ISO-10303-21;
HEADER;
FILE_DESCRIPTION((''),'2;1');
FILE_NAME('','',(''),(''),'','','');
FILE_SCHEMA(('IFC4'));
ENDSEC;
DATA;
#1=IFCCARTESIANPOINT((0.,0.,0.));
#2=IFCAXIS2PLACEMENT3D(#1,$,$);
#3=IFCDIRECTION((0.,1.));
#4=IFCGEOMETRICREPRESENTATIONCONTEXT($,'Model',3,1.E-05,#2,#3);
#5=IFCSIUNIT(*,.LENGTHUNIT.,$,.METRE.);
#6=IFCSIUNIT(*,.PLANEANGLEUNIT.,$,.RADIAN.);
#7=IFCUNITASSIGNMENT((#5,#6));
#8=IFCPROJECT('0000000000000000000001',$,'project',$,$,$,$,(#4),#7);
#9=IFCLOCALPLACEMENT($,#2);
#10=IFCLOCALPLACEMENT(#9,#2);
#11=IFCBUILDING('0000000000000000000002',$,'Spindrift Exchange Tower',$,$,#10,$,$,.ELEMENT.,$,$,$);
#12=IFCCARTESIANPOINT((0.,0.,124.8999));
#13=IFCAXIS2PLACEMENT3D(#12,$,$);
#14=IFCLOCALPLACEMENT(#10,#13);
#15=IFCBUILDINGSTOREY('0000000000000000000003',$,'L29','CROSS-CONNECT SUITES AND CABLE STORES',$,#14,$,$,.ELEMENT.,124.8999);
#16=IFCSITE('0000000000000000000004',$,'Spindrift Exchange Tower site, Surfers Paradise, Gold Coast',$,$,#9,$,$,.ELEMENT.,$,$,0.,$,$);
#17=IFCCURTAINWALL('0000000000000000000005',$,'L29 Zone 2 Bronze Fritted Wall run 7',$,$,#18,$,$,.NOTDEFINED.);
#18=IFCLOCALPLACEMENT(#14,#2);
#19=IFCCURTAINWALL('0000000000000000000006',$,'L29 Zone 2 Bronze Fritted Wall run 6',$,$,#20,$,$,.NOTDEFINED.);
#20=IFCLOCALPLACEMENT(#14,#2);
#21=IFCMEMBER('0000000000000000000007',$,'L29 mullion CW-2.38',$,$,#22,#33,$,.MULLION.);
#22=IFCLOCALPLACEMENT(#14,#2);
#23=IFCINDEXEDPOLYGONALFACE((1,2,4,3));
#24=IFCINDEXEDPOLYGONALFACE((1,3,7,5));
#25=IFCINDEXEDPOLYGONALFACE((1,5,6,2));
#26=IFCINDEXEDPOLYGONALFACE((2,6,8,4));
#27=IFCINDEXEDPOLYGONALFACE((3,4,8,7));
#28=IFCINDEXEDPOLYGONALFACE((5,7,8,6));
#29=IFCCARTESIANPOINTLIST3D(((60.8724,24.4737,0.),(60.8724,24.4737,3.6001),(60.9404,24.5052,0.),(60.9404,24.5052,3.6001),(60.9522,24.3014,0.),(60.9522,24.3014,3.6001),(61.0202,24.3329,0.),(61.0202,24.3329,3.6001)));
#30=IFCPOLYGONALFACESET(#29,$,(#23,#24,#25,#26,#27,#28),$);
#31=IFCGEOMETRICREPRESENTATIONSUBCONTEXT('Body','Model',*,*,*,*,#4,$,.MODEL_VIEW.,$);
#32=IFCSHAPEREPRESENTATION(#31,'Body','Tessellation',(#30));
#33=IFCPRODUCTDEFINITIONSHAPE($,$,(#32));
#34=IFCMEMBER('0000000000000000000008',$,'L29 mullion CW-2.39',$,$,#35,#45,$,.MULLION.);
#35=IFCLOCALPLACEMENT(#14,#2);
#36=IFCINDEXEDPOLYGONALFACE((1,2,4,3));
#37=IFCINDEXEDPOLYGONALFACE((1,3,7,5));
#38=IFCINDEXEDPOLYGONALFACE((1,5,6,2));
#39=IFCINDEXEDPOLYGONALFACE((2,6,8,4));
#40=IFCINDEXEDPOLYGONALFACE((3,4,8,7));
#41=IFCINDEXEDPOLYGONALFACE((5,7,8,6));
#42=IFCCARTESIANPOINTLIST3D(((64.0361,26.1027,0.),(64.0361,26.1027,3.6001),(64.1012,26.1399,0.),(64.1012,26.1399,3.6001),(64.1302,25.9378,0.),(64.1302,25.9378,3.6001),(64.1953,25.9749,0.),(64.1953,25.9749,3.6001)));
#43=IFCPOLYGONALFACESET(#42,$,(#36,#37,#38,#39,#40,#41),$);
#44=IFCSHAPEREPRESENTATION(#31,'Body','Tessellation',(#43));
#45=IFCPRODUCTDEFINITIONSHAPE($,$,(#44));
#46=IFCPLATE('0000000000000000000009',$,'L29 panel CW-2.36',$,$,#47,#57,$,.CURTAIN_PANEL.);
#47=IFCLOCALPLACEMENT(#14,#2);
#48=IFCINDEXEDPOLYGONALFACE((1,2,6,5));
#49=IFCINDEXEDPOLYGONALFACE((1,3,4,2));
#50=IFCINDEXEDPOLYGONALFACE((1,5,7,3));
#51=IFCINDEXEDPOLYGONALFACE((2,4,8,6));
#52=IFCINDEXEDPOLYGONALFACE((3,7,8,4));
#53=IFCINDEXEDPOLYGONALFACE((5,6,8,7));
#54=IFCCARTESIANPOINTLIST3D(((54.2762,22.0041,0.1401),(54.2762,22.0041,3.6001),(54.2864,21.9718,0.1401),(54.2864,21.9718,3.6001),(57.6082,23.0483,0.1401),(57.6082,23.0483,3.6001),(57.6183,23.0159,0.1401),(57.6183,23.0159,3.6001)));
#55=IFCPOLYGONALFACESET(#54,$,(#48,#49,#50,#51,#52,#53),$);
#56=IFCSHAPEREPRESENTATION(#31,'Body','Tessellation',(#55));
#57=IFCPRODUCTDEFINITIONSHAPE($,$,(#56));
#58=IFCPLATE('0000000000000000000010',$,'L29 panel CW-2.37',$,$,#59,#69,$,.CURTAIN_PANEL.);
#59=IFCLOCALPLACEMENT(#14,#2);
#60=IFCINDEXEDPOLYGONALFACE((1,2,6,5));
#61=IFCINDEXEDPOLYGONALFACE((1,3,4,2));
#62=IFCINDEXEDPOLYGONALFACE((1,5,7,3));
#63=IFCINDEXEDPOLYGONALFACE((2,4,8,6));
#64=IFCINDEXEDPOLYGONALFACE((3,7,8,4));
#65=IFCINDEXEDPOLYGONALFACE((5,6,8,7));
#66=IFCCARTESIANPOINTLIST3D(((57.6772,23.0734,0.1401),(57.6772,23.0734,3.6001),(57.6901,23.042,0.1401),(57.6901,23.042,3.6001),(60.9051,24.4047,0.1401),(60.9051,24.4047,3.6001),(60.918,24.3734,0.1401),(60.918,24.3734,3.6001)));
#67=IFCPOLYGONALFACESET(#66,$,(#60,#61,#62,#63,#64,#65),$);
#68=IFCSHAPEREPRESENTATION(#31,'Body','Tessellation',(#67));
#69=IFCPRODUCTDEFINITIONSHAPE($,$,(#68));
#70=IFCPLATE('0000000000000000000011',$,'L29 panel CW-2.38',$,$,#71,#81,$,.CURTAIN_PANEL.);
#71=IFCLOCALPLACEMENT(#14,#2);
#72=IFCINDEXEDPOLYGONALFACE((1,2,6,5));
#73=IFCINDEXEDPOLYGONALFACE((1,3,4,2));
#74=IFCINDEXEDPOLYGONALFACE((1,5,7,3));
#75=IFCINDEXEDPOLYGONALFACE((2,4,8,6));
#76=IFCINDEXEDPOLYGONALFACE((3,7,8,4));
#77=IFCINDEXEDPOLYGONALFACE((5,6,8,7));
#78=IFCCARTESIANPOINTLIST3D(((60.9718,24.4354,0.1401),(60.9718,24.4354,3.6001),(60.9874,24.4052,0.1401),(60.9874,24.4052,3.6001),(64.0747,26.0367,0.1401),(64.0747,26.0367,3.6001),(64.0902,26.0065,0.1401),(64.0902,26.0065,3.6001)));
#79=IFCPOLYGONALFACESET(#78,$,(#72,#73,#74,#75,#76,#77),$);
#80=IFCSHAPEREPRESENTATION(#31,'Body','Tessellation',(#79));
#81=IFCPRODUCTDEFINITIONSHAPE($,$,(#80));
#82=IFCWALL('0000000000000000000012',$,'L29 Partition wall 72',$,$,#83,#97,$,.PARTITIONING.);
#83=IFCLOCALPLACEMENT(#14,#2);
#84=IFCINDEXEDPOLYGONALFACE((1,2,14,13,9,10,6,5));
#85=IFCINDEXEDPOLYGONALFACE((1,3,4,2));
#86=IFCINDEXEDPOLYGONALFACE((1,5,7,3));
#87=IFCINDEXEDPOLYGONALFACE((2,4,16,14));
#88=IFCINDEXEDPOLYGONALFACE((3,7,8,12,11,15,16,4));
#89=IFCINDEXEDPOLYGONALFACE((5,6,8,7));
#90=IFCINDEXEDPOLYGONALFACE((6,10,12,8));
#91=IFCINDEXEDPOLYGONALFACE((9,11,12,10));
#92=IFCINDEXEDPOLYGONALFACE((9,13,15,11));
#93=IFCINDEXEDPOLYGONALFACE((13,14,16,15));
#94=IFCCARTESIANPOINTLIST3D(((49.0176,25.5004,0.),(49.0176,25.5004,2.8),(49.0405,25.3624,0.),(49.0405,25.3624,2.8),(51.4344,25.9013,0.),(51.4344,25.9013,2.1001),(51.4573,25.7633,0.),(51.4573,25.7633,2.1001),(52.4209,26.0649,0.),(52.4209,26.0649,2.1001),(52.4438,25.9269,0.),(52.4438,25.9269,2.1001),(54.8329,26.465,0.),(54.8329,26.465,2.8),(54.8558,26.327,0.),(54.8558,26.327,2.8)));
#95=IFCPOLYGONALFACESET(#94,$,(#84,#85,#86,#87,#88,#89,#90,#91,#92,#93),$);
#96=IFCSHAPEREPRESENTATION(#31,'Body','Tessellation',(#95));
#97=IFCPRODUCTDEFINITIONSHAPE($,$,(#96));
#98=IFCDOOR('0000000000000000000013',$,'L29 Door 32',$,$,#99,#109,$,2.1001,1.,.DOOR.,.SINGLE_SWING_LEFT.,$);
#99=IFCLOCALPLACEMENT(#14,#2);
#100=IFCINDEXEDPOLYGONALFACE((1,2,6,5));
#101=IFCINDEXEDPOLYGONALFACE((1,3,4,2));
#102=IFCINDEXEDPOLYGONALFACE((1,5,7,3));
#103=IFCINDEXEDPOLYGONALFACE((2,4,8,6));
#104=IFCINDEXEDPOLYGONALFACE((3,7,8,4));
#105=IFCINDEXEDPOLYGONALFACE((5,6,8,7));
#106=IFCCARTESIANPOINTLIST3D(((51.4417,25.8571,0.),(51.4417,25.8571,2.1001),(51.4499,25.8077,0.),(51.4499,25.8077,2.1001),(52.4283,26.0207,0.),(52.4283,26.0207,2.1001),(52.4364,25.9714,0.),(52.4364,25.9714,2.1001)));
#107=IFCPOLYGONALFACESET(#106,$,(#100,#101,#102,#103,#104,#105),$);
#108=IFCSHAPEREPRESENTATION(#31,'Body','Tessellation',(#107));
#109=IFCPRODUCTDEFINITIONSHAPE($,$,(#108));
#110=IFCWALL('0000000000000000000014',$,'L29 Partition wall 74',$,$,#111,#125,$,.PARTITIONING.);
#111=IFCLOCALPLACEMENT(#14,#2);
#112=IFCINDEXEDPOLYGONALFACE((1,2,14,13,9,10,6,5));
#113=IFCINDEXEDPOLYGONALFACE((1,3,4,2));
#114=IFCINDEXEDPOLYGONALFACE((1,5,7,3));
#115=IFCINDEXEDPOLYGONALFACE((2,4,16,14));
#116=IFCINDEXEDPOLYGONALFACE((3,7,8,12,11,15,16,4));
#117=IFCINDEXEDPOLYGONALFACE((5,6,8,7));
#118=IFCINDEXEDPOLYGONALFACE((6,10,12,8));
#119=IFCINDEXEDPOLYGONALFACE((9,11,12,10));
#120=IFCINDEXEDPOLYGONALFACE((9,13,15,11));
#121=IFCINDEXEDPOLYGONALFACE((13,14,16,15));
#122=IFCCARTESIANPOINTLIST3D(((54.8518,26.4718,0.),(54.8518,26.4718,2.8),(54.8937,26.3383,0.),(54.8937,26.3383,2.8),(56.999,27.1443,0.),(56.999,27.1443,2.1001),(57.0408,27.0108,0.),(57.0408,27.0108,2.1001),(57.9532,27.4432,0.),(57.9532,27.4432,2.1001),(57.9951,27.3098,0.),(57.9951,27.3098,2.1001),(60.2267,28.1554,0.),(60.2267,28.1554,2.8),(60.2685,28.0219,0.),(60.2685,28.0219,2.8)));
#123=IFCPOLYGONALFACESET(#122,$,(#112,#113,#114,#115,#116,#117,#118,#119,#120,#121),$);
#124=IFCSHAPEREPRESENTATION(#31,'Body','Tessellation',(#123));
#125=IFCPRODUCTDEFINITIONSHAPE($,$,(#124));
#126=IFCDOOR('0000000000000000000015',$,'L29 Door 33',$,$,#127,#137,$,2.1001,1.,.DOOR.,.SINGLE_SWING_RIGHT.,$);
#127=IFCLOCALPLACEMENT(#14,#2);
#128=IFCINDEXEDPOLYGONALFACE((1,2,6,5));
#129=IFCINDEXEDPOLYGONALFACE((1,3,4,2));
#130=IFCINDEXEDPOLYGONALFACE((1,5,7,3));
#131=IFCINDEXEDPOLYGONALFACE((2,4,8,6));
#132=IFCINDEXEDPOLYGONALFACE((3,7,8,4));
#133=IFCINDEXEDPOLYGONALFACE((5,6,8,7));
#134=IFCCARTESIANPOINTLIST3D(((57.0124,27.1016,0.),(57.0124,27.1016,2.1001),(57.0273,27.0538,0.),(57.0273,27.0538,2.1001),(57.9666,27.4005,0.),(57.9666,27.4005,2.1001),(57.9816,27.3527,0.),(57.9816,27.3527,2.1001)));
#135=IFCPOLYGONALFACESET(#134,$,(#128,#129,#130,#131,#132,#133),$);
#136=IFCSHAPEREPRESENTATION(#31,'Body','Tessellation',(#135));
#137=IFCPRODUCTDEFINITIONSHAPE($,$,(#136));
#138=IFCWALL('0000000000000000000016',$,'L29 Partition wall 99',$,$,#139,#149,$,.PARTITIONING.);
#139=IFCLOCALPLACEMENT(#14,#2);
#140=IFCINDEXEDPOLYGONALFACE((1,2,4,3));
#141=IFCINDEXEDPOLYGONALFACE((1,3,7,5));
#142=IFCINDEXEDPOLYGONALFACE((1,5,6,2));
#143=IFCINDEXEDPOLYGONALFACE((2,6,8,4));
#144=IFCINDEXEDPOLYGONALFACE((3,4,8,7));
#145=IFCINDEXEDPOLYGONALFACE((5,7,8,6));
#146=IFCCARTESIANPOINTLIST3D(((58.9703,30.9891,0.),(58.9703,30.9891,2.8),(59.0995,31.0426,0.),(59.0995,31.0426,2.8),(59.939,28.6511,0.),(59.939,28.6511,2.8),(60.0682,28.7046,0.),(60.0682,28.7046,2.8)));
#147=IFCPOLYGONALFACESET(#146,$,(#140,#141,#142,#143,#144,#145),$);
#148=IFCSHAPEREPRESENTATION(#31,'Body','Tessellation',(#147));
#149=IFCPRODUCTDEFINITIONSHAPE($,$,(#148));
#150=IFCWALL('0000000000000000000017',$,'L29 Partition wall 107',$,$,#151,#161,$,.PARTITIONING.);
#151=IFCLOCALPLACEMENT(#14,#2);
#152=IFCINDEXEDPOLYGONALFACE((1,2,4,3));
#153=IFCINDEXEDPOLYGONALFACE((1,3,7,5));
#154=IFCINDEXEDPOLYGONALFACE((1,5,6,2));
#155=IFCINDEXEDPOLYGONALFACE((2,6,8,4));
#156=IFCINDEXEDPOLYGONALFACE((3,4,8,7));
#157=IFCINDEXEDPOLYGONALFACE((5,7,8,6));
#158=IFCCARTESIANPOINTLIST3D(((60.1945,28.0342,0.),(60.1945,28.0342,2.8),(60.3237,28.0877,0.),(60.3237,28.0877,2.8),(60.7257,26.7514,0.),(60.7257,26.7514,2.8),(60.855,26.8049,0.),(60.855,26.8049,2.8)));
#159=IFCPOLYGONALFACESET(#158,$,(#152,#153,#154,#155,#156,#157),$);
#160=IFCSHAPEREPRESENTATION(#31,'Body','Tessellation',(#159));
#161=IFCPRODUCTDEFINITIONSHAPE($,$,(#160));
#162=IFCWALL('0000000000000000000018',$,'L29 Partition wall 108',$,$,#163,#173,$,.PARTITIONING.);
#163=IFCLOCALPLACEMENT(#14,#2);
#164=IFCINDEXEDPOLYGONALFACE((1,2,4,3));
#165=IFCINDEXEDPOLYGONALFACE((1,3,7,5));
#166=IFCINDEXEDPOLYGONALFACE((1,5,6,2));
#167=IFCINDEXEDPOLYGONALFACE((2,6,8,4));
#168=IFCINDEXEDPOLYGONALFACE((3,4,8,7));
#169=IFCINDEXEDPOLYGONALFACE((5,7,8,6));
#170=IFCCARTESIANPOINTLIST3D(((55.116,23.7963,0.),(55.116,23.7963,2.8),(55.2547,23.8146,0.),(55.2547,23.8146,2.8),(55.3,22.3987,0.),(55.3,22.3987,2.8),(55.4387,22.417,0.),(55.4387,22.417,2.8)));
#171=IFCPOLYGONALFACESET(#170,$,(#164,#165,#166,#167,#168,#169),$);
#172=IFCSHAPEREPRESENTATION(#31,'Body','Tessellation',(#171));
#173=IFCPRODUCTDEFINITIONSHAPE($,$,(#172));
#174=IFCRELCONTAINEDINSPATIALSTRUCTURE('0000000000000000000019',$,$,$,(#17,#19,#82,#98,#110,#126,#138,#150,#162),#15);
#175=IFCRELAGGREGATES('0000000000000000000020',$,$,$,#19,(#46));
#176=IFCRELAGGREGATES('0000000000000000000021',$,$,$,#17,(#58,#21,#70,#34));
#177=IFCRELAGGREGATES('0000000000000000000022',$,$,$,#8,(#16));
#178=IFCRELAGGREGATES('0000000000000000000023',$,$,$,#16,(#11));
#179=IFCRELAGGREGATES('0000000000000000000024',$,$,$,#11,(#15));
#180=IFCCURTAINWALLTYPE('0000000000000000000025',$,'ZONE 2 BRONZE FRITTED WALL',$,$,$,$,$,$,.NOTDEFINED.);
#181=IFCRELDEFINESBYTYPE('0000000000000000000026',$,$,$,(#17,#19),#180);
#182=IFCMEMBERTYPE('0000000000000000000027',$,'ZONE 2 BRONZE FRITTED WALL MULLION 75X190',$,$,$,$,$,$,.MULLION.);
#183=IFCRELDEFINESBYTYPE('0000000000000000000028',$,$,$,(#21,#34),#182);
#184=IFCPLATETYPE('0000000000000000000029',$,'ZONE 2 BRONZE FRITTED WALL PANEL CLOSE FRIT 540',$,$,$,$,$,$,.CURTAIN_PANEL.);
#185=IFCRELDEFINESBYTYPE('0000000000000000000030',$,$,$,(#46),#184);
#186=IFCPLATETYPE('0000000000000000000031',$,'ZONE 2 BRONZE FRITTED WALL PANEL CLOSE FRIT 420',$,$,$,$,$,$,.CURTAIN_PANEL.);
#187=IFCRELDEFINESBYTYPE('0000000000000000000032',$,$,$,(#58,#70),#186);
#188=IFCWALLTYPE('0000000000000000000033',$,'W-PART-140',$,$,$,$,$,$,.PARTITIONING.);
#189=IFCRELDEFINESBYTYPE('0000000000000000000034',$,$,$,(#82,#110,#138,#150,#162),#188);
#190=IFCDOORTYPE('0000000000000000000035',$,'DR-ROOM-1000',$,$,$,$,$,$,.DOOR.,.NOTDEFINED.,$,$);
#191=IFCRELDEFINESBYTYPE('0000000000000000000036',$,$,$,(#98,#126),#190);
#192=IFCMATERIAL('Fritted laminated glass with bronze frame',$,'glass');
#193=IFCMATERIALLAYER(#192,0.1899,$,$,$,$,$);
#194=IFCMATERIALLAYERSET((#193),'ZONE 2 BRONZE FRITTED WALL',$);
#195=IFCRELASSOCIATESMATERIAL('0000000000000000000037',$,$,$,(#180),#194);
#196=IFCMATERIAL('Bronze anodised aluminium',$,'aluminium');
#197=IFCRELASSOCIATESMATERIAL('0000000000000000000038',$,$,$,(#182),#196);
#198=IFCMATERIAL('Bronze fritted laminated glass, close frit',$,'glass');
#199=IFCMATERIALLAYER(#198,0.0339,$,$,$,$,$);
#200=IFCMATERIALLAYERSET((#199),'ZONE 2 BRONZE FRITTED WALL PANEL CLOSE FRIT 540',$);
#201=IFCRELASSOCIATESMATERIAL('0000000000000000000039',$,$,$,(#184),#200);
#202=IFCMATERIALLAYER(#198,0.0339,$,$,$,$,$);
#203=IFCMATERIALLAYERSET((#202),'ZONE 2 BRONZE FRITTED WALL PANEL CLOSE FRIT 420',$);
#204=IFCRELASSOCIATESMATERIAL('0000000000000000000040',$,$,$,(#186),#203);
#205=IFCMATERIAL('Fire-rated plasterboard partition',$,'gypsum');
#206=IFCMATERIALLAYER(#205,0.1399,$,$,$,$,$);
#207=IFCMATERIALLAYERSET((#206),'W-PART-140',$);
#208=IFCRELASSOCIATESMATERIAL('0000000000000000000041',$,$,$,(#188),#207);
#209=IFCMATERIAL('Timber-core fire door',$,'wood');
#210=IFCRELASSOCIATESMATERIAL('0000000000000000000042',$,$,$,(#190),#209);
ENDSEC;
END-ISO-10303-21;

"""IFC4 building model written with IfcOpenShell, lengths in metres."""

from ifc_helpers import new_model, si_unit, direction, frame, frame_2d, origin, origin_2d, place, context, subcontext, project, spatial, rectangle, extrude, source, transform, mapped, material, layer, layer_set, material_profile, profile_set, type_object, element, fill, aggregate, save


model = new_model("IFC4")

# Units and contexts
model_context = context("Model", 3, precision=1e-05, world=origin(), true_north=direction((0.0, 1.0)))
body_context = subcontext(model_context, "Body", "Model", "MODEL_VIEW")
ifc_project = project(units=[si_unit("LENGTHUNIT", "METRE"), si_unit("PLANEANGLEUNIT", "RADIAN")], contexts=[model_context])

# Site, building, storey
site_placement = place(None, origin())
site = spatial("IfcSite", under=ifc_project, at=site_placement, Name="Spindrift Exchange Tower site, Surfers Paradise, Gold Coast", CompositionType="ELEMENT", RefElevation=0.0)
building_placement = place(site_placement, origin())
building = spatial("IfcBuilding", under=site, at=building_placement, Name="Spindrift Exchange Tower", CompositionType="ELEMENT")
storey_placement = place(building_placement, frame((0.0, 0.0, 124.8999)))
storey = spatial("IfcBuildingStorey", under=building, at=storey_placement, Name="L29", Description="CROSS-CONNECT SUITES AND CABLE STORES", CompositionType="ELEMENT", Elevation=124.8999)

# Curtain walls
ifc_material_1 = material(Name="Fritted laminated glass with bronze frame", Category="glass")
ifc_layer_1 = layer(ifc_material_1, 0.1899)
ifc_layer_set_1 = layer_set([ifc_layer_1], Name="ZONE 2 BRONZE FRITTED WALL")
curtain_wall_type = type_object("IfcCurtainWallType", Name="ZONE 2 BRONZE FRITTED WALL", PredefinedType="NOTDEFINED", material=ifc_layer_set_1)
curtain_wall_1_placement = place(storey_placement, origin())
curtain_wall_1 = element("IfcCurtainWall", 1, at=curtain_wall_1_placement, inside=storey, type_object=curtain_wall_type, Name="L29 Zone 2 Bronze Fritted Wall run 7", PredefinedType="NOTDEFINED")
ifc_material_2 = material(Name="Bronze anodised aluminium", Category="aluminium")
curtain_wall_2_placement = place(storey_placement, origin())
curtain_wall_2 = element("IfcCurtainWall", 2, at=curtain_wall_2_placement, inside=storey, type_object=curtain_wall_type, Name="L29 Zone 2 Bronze Fritted Wall run 6", PredefinedType="NOTDEFINED")
ifc_material_profile_1 = material_profile(ifc_material_2, rectangle(XDim=0.075, YDim=0.1899, at=origin_2d()), Name="ZONE 2 BRONZE FRITTED WALL MULLION 75X190")
ifc_profile_set_1 = profile_set([ifc_material_profile_1], Name="Bronze anodised aluminium")
member_type_1 = type_object("IfcMemberType", Name="ZONE 2 BRONZE FRITTED WALL MULLION 75X190", PredefinedType="MULLION", material=ifc_profile_set_1)
shared_shape_1 = source(origin(), body_context, "Body", "SweptSolid", [
    extrude(rectangle(XDim=0.075, YDim=0.1899, at=origin_2d()), origin(), (0.0, 0.0, 1.0), 3.6001),
])

# Members
member_1_placement = place(storey_placement, frame((60.9463, 24.4033, 0.0), z_axis=(0.0, 0.0, 1.0), x_axis=(0.907373, 0.420326, 0.0)))
member_1 = element("IfcMember", 3, at=member_1_placement, type_object=member_type_1, Name="L29 mullion CW-2.38", PredefinedType="MULLION", context=body_context, shape_type="MappedRepresentation", body=[
    mapped(shared_shape_1, transform((0.0, 0.0, 0.0), scale=1.0)),
])
member_2_placement = place(storey_placement, frame((64.1157, 26.0388, 0.0), z_axis=(0.0, 0.0, 1.0), x_axis=(0.868518, 0.495658, 0.0)))
member_2 = element("IfcMember", 4, at=member_2_placement, type_object=member_type_1, Name="L29 mullion CW-2.39", PredefinedType="MULLION", context=body_context, shape_type="MappedRepresentation", body=[
    mapped(shared_shape_1, transform((0.0, 0.0, 0.0), scale=1.0)),
])

# Plates
ifc_material_3 = material(Name="Bronze fritted laminated glass, close frit", Category="glass")
ifc_layer_2 = layer(ifc_material_3, 0.0339)
ifc_layer_set_2 = layer_set([ifc_layer_2], Name="ZONE 2 BRONZE FRITTED WALL PANEL CLOSE FRIT 540")
plate_type_1 = type_object("IfcPlateType", Name="ZONE 2 BRONZE FRITTED WALL PANEL CLOSE FRIT 540", PredefinedType="CURTAIN_PANEL", material=ifc_layer_set_2)
shared_shape_2 = source(origin(), body_context, "Body", "SweptSolid", [
    extrude(rectangle(XDim=3.4917, YDim=0.0339, at=origin_2d()), origin(), (0.0, 0.0, 1.0), 3.46),
])
plate_1_placement = place(storey_placement, frame((55.9473, 22.51, 0.1401), z_axis=(0.0, 0.0, 1.0), x_axis=(0.954245, 0.299026, 0.0)))
plate_1 = element("IfcPlate", 5, at=plate_1_placement, type_object=plate_type_1, Name="L29 panel CW-2.36", PredefinedType="CURTAIN_PANEL", context=body_context, shape_type="MappedRepresentation", body=[
    mapped(shared_shape_2, transform((0.0, 0.0, 0.0), scale=1.0)),
])
aggregate(curtain_wall_2, [plate_1])
ifc_layer_3 = layer(ifc_material_3, 0.0339)
ifc_layer_set_3 = layer_set([ifc_layer_3], Name="ZONE 2 BRONZE FRITTED WALL PANEL CLOSE FRIT 420")
plate_type_2 = type_object("IfcPlateType", Name="ZONE 2 BRONZE FRITTED WALL PANEL CLOSE FRIT 420", PredefinedType="CURTAIN_PANEL", material=ifc_layer_set_3)
shared_shape_3 = source(origin(), body_context, "Body", "SweptSolid", [
    extrude(rectangle(XDim=3.4917, YDim=0.0339, at=origin_2d()), origin(), (0.0, 0.0, 1.0), 3.46),
])
plate_2_placement = place(storey_placement, frame((59.2976, 23.7234, 0.1401), z_axis=(0.0, 0.0, 1.0), x_axis=(0.924458, 0.381285, 0.0)))
plate_2 = element("IfcPlate", 6, at=plate_2_placement, type_object=plate_type_2, Name="L29 panel CW-2.37", PredefinedType="CURTAIN_PANEL", context=body_context, shape_type="MappedRepresentation", body=[
    mapped(shared_shape_3, transform((0.0, 0.0, 0.0), scale=1.0)),
])
plate_3_placement = place(storey_placement, frame((62.531, 25.2209, 0.1401), z_axis=(0.0, 0.0, 1.0), x_axis=(0.88864, 0.458605, 0.0)))
plate_3 = element("IfcPlate", 7, at=plate_3_placement, type_object=plate_type_2, Name="L29 panel CW-2.38", PredefinedType="CURTAIN_PANEL", context=body_context, shape_type="MappedRepresentation", body=[
    mapped(shared_shape_3, transform((0.0, 0.0, 0.0), scale=1.0)),
])
aggregate(curtain_wall_1, [plate_2, member_1, plate_3, member_2])

# Walls, openings, doors
ifc_material_4 = material(Name="Fire-rated plasterboard partition", Category="gypsum")
ifc_layer_4 = layer(ifc_material_4, 0.1399)
ifc_layer_set_4 = layer_set([ifc_layer_4], Name="W-PART-140")
wall_type = type_object("IfcWallType", Name="W-PART-140", PredefinedType="PARTITIONING", material=ifc_layer_set_4)
wall_1_placement = place(storey_placement, frame((54.8442, 26.396, 0.0), z_axis=(0.0, 0.0, 1.0), x_axis=(-0.986521, -0.163633, 0.0)))
wall_1 = element("IfcWall", 8, at=wall_1_placement, inside=storey, type_object=wall_type, Name="L29 Partition wall 72", PredefinedType="PARTITIONING", context=body_context, shape_type="SweptSolid", body=[
    extrude(rectangle(XDim=5.8948, YDim=0.1399, at=frame_2d((2.9473, 0.0))), origin(), (0.0, 0.0, 1.0), 2.8),
])
opening_1_placement = place(wall_1_placement, frame((2.4448, 0.0, 0.0)))
opening_1 = element("IfcOpeningElement", 9, at=opening_1_placement, cuts=wall_1, PredefinedType="OPENING", context=body_context, shape_type="SweptSolid", body=[
    extrude(rectangle(XDim=1.0, YDim=2.1001, at=frame_2d((0.5, 1.05))), frame((0.0, 0.0798, 0.0), z_axis=(0.0, -1.0, 0.0), x_axis=(1.0, 0.0, 0.0)), (0.0, 0.0, 1.0), 0.1599),
])
ifc_material_5 = material(Name="Timber-core fire door", Category="wood")
door_type = type_object("IfcDoorType", Name="DR-ROOM-1000", OperationType="NOTDEFINED", PredefinedType="DOOR", material=ifc_material_5)
shared_shape_4 = source(origin(), body_context, "Body", "SweptSolid", [
    extrude(rectangle(XDim=1.0, YDim=2.1001, at=frame_2d((0.5, 1.05))), frame((0.0, 0.0249, 0.0), z_axis=(0.0, -1.0, 0.0), x_axis=(1.0, 0.0, 0.0)), (0.0, 0.0, 1.0), 0.05),
])
door_1_placement = place(opening_1_placement, origin())
door_1 = element("IfcDoor", 10, at=door_1_placement, inside=storey, type_object=door_type, Name="L29 Door 32", OperationType="SINGLE_SWING_LEFT", OverallHeight=2.1001, OverallWidth=1.0, PredefinedType="DOOR", context=body_context, shape_type="MappedRepresentation", body=[
    mapped(shared_shape_4, transform((0.0, 0.0, 0.0), scale=1.0)),
])
fill(opening_1, door_1)
wall_2_placement = place(storey_placement, frame((60.2476, 28.0886, 0.0), z_axis=(0.0, 0.0, 1.0), x_axis=(-0.954278, -0.298919, 0.0)))
wall_2 = element("IfcWall", 11, at=wall_2_placement, inside=storey, type_object=wall_type, Name="L29 Partition wall 74", PredefinedType="PARTITIONING", context=body_context, shape_type="SweptSolid", body=[
    extrude(rectangle(XDim=5.6323, YDim=0.1399, at=frame_2d((2.8162, 0.0))), origin(), (0.0, 0.0, 1.0), 2.8),
])
opening_2_placement = place(wall_2_placement, frame((2.3823, 0.0, 0.0)))
opening_2 = element("IfcOpeningElement", 12, at=opening_2_placement, cuts=wall_2, PredefinedType="OPENING", context=body_context, shape_type="SweptSolid", body=[
    extrude(rectangle(XDim=1.0, YDim=2.1001, at=frame_2d((0.5, 1.05))), frame((0.0, 0.0798, 0.0), z_axis=(0.0, -1.0, 0.0), x_axis=(1.0, 0.0, 0.0)), (0.0, 0.0, 1.0), 0.1599),
])
door_2_placement = place(opening_2_placement, origin())
door_2 = element("IfcDoor", 13, at=door_2_placement, inside=storey, type_object=door_type, Name="L29 Door 33", OperationType="SINGLE_SWING_RIGHT", OverallHeight=2.1001, OverallWidth=1.0, PredefinedType="DOOR", context=body_context, shape_type="MappedRepresentation", body=[
    mapped(shared_shape_4, transform((0.0, 0.0, 0.0), scale=1.0)),
])
fill(opening_2, door_2)

# Walls
wall_3_placement = place(storey_placement, frame((59.0349, 31.0159, 0.0), z_axis=(0.0, 0.0, 1.0), x_axis=(0.382772, -0.923843, 0.0)))
element("IfcWall", 14, at=wall_3_placement, inside=storey, type_object=wall_type, Name="L29 Partition wall 99", PredefinedType="PARTITIONING", context=body_context, shape_type="SweptSolid", body=[
    extrude(rectangle(XDim=2.5308, YDim=0.1399, at=frame_2d((1.2654, 0.0))), origin(), (0.0, 0.0, 1.0), 2.8),
])
wall_4_placement = place(storey_placement, frame((60.259, 28.061, 0.0), z_axis=(0.0, 0.0, 1.0), x_axis=(0.382642, -0.923897, 0.0)))
element("IfcWall", 15, at=wall_4_placement, inside=storey, type_object=wall_type, Name="L29 Partition wall 107", PredefinedType="PARTITIONING", context=body_context, shape_type="SweptSolid", body=[
    extrude(rectangle(XDim=1.3884, YDim=0.1399, at=frame_2d((0.6943, 0.0))), origin(), (0.0, 0.0, 1.0), 2.8),
])
wall_5_placement = place(storey_placement, frame((55.1853, 23.8054, 0.0), z_axis=(0.0, 0.0, 1.0), x_axis=(0.130575, -0.991438, 0.0)))
element("IfcWall", 16, at=wall_5_placement, inside=storey, type_object=wall_type, Name="L29 Partition wall 108", PredefinedType="PARTITIONING", context=body_context, shape_type="SweptSolid", body=[
    extrude(rectangle(XDim=1.4097, YDim=0.1399, at=frame_2d((0.7048, 0.0))), origin(), (0.0, 0.0, 1.0), 2.8),
])

save(model, "model.ifc")
